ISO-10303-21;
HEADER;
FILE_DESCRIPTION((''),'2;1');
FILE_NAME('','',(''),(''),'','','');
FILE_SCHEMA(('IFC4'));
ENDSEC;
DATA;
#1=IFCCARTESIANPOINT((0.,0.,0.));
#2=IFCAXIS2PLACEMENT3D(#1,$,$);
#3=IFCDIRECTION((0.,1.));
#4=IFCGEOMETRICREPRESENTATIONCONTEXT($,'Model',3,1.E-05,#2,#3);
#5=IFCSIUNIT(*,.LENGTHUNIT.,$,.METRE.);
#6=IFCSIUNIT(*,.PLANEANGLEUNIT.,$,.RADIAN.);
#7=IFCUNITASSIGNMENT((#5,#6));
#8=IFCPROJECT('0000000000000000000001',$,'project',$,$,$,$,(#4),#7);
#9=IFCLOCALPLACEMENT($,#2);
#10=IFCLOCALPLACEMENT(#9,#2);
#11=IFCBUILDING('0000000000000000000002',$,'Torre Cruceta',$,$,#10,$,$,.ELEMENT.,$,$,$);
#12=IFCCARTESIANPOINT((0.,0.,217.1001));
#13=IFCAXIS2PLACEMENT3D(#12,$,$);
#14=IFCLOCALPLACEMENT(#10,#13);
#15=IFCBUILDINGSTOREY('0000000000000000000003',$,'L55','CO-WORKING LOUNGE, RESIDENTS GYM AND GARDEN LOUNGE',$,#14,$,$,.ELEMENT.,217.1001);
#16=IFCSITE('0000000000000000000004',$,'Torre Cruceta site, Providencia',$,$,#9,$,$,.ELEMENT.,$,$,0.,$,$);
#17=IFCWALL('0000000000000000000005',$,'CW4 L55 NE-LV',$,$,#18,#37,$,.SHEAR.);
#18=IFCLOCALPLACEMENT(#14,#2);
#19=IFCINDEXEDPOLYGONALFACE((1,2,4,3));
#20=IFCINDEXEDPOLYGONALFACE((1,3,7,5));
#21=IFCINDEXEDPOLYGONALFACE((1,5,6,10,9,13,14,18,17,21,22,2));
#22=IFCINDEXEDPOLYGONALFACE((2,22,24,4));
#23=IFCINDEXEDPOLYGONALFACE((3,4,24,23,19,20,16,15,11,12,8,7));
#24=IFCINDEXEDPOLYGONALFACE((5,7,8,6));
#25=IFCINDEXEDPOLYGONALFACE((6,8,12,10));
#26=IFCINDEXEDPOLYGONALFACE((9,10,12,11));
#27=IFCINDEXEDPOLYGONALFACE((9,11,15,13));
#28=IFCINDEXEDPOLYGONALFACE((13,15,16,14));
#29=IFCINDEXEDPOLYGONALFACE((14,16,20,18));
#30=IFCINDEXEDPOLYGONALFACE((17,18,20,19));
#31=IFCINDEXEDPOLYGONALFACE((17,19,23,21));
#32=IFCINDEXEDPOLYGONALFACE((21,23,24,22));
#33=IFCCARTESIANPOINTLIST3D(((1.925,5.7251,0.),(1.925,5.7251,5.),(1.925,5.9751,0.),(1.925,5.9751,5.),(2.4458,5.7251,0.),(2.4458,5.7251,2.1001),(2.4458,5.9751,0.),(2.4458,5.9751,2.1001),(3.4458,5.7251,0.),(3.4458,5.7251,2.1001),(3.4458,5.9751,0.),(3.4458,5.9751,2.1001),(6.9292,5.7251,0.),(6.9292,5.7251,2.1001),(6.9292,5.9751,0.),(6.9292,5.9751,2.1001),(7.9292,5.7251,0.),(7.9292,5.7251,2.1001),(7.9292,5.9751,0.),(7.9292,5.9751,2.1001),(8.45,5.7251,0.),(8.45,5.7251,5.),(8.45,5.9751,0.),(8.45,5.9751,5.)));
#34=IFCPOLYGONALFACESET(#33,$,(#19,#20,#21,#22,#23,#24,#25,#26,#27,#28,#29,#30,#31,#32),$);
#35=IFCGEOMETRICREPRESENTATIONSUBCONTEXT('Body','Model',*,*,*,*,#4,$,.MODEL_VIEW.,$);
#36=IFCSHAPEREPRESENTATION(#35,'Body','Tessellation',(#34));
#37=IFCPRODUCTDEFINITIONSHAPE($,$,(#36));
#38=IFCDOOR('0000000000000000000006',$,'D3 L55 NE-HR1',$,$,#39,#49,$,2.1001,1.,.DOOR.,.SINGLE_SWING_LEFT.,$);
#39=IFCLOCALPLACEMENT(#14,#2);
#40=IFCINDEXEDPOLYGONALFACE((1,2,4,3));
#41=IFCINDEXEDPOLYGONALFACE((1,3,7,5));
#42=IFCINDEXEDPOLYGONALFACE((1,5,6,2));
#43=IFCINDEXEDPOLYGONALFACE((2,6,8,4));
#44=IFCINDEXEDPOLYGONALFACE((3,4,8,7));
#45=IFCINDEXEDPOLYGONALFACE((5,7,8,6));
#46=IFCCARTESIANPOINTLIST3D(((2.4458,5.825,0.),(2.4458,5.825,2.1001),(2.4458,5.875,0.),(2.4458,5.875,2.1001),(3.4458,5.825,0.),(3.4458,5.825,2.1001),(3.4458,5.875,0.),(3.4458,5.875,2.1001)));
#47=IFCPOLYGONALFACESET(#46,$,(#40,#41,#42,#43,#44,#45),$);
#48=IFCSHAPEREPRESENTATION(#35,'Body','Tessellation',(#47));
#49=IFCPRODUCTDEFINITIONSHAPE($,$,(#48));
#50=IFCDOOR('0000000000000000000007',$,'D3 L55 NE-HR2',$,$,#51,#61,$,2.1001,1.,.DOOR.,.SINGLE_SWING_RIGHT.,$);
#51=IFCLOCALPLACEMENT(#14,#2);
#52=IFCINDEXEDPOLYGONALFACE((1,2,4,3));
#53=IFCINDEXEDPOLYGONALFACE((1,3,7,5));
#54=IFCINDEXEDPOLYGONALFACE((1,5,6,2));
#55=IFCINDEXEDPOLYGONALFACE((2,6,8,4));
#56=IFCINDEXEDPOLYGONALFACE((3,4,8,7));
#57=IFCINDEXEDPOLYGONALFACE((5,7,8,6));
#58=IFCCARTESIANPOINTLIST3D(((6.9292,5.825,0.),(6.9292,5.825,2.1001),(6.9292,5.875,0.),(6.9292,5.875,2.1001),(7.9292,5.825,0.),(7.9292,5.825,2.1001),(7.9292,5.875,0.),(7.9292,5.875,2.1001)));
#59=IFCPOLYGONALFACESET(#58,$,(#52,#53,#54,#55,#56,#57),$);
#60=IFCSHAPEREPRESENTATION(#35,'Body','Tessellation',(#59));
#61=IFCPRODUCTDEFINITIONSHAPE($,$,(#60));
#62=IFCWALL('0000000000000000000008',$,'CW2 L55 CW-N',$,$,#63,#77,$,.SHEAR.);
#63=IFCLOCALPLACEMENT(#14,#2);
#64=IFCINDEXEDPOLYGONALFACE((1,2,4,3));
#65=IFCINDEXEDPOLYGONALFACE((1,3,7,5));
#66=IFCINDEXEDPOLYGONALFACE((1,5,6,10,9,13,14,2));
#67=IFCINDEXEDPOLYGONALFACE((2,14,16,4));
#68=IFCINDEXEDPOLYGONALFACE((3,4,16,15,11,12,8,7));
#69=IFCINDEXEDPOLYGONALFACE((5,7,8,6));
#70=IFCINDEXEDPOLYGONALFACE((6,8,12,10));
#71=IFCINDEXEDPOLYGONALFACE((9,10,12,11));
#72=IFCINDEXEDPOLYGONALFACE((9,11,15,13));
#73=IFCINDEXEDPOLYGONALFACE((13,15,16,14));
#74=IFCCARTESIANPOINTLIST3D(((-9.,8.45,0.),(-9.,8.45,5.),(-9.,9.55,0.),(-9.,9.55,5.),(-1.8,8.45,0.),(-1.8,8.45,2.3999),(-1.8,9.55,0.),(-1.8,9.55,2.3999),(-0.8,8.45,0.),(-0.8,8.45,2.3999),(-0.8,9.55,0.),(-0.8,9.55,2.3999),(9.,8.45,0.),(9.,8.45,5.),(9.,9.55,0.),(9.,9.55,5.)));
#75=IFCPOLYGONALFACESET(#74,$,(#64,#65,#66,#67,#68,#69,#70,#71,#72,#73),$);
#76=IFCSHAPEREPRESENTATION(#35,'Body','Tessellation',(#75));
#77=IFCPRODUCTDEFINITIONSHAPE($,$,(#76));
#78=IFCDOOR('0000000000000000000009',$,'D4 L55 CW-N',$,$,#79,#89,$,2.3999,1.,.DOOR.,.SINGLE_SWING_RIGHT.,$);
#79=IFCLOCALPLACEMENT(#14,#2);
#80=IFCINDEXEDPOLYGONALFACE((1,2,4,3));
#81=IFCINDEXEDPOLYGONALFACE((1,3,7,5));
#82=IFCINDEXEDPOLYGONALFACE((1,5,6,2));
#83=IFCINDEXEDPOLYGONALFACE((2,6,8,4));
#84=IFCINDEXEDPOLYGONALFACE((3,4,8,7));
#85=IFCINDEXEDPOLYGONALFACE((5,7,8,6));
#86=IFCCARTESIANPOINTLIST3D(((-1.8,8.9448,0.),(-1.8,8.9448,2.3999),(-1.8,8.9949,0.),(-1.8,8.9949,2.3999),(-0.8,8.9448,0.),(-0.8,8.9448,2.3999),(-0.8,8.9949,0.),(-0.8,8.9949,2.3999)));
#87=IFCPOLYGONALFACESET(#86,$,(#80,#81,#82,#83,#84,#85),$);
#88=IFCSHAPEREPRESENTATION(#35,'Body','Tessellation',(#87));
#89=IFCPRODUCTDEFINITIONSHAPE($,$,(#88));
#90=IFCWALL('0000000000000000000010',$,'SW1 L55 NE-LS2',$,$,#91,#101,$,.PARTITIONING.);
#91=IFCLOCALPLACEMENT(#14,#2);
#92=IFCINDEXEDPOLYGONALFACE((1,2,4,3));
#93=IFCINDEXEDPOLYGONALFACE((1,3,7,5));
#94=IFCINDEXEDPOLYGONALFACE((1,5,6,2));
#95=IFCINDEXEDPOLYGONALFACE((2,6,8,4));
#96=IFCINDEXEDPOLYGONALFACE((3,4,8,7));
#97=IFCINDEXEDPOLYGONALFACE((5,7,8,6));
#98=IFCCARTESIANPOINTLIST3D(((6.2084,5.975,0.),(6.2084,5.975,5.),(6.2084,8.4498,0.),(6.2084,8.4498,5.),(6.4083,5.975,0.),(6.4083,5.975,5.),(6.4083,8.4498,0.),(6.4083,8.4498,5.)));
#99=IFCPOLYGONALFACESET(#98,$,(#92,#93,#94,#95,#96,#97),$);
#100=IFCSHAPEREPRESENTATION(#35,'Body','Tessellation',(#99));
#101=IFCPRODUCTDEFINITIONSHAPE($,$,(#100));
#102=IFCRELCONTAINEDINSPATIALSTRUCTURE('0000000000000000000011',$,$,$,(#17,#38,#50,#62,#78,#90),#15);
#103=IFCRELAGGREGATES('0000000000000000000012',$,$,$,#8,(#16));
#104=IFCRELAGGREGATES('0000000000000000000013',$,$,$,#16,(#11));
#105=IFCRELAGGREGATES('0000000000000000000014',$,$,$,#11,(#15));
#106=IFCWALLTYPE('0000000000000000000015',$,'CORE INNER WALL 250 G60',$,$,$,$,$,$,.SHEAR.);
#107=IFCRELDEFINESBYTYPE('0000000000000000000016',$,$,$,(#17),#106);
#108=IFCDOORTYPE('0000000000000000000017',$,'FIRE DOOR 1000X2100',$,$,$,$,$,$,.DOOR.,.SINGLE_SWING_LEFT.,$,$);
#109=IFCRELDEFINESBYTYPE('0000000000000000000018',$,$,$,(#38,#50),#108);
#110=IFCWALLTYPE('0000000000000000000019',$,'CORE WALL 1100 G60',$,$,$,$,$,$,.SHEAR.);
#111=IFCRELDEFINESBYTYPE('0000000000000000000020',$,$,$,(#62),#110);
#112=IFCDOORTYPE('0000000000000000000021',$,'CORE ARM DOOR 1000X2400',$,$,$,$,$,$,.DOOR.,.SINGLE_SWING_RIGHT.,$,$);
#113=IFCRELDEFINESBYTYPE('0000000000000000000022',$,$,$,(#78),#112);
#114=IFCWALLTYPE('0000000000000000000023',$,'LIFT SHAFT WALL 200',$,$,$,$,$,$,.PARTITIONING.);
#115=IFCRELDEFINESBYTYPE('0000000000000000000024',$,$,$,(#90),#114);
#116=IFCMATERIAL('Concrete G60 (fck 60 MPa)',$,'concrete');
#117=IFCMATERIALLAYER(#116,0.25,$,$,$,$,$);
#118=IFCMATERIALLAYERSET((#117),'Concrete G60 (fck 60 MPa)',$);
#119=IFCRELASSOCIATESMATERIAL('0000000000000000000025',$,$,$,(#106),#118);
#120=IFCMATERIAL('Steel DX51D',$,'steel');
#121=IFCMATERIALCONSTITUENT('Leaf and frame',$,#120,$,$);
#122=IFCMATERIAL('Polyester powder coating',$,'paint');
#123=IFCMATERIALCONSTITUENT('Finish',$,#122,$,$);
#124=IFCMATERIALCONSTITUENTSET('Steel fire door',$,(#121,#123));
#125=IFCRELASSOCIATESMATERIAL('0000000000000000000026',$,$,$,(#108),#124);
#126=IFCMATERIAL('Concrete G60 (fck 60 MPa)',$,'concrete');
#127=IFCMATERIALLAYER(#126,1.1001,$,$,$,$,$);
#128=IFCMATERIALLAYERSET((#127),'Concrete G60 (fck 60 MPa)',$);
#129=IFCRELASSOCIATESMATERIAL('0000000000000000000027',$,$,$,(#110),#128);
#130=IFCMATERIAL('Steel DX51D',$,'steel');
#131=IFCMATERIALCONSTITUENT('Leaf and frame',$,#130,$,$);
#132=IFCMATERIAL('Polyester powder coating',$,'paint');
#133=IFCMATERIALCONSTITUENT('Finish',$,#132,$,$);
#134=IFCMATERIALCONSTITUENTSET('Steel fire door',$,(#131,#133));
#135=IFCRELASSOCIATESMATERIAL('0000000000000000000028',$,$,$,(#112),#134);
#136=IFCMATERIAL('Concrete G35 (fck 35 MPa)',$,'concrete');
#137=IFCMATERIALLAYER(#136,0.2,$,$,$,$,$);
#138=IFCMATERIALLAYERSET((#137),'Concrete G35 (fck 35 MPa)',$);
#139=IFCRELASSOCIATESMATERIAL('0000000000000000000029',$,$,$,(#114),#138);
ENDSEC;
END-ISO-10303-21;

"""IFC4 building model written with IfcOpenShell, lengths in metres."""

from ifc_helpers import new_model, si_unit, direction, frame, frame_2d, origin, place, context, subcontext, project, spatial, rectangle, extrude, material, layer, layer_set, constituent, constituent_set, type_object, element, fill, save


model = new_model("IFC4")

# Units and contexts
model_context = context("Model", 3, precision=1e-05, world=origin(), true_north=direction((0.0, 1.0)))
body_context = subcontext(model_context, "Body", "Model", "MODEL_VIEW")
ifc_project = project(units=[si_unit("LENGTHUNIT", "METRE"), si_unit("PLANEANGLEUNIT", "RADIAN")], contexts=[model_context])

# Site, building, storey
site_placement = place(None, origin())
site = spatial("IfcSite", under=ifc_project, at=site_placement, Name="Torre Cruceta site, Providencia", CompositionType="ELEMENT", RefElevation=0.0)
building_placement = place(site_placement, origin())
building = spatial("IfcBuilding", under=site, at=building_placement, Name="Torre Cruceta", CompositionType="ELEMENT")
storey_placement = place(building_placement, frame((0.0, 0.0, 217.1001)))
storey = spatial("IfcBuildingStorey", under=building, at=storey_placement, Name="L55", Description="CO-WORKING LOUNGE, RESIDENTS GYM AND GARDEN LOUNGE", CompositionType="ELEMENT", Elevation=217.1001)

# Wall, openings, doors
ifc_material_1 = material(Name="Concrete G60 (fck 60 MPa)", Category="concrete")
ifc_layer_1 = layer(ifc_material_1, 0.25)
ifc_layer_set_1 = layer_set([ifc_layer_1], Name="Concrete G60 (fck 60 MPa)")
wall_type_1 = type_object("IfcWallType", Name="CORE INNER WALL 250 G60", PredefinedType="SHEAR", material=ifc_layer_set_1)
wall_1_placement = place(storey_placement, frame((1.925, 5.8501, 0.0), z_axis=(0.0, 0.0, 1.0), x_axis=(1.0, 0.0, 0.0)))
wall_1 = element("IfcWall", 1, at=wall_1_placement, inside=storey, type_object=wall_type_1, Name="CW4 L55 NE-LV", PredefinedType="SHEAR", context=body_context, shape_type="SweptSolid", body=[
    extrude(rectangle(XDim=6.5249, YDim=0.25, at=frame_2d((3.2625, 0.0))), origin(), (0.0, 0.0, 1.0), 5.0),
])
opening_1_placement = place(wall_1_placement, frame((0.5208, 0.0, 0.0)))
opening_1 = element("IfcOpeningElement", 2, at=opening_1_placement, cuts=wall_1, PredefinedType="OPENING", context=body_context, shape_type="SweptSolid", body=[
    extrude(rectangle(XDim=1.0, YDim=2.1001, at=frame_2d((0.5, 1.05))), frame((0.0, 0.135, 0.0), z_axis=(0.0, -1.0, 0.0), x_axis=(1.0, 0.0, 0.0)), (0.0, 0.0, 1.0), 0.27),
])
opening_2_placement = place(wall_1_placement, frame((5.0042, 0.0, 0.0)))
opening_2 = element("IfcOpeningElement", 3, at=opening_2_placement, cuts=wall_1, PredefinedType="OPENING", context=body_context, shape_type="SweptSolid", body=[
    extrude(rectangle(XDim=1.0, YDim=2.1001, at=frame_2d((0.5, 1.05))), frame((0.0, 0.135, 0.0), z_axis=(0.0, -1.0, 0.0), x_axis=(1.0, 0.0, 0.0)), (0.0, 0.0, 1.0), 0.27),
])
ifc_material_2 = material(Name="Steel DX51D", Category="steel")
ifc_constituent_1 = constituent(ifc_material_2, Name="Leaf and frame")
ifc_material_3 = material(Name="Polyester powder coating", Category="paint")
ifc_constituent_2 = constituent(ifc_material_3, Name="Finish")
ifc_constituent_set_1 = constituent_set(constituents=[ifc_constituent_1, ifc_constituent_2], Name="Steel fire door")
door_type_1 = type_object("IfcDoorType", Name="FIRE DOOR 1000X2100", OperationType="SINGLE_SWING_LEFT", PredefinedType="DOOR", material=ifc_constituent_set_1)
door_1_placement = place(opening_1_placement, origin())
door_1 = element("IfcDoor", 4, at=door_1_placement, inside=storey, type_object=door_type_1, Name="D3 L55 NE-HR1", OperationType="SINGLE_SWING_LEFT", OverallHeight=2.1001, OverallWidth=1.0, PredefinedType="DOOR", context=body_context, shape_type="SweptSolid", body=[
    extrude(rectangle(XDim=1.0, YDim=2.1001, at=frame_2d((0.5, 1.05))), frame((0.0, 0.0249, 0.0), z_axis=(0.0, -1.0, 0.0), x_axis=(1.0, 0.0, 0.0)), (0.0, 0.0, 1.0), 0.05),
])
fill(opening_1, door_1)
door_2_placement = place(opening_2_placement, origin())
door_2 = element("IfcDoor", 5, at=door_2_placement, inside=storey, type_object=door_type_1, Name="D3 L55 NE-HR2", OperationType="SINGLE_SWING_RIGHT", OverallHeight=2.1001, OverallWidth=1.0, PredefinedType="DOOR", context=body_context, shape_type="SweptSolid", body=[
    extrude(rectangle(XDim=1.0, YDim=2.1001, at=frame_2d((0.5, 1.05))), frame((0.0, 0.0249, 0.0), z_axis=(0.0, -1.0, 0.0), x_axis=(1.0, 0.0, 0.0)), (0.0, 0.0, 1.0), 0.05),
])
fill(opening_2, door_2)

# Wall, opening, door
ifc_material_4 = material(Name="Concrete G60 (fck 60 MPa)", Category="concrete")
ifc_layer_2 = layer(ifc_material_4, 1.1001)
ifc_layer_set_2 = layer_set([ifc_layer_2], Name="Concrete G60 (fck 60 MPa)")
wall_type_2 = type_object("IfcWallType", Name="CORE WALL 1100 G60", PredefinedType="SHEAR", material=ifc_layer_set_2)
wall_2_placement = place(storey_placement, frame((9.0, 9.0, 0.0), z_axis=(0.0, 0.0, 1.0), x_axis=(-1.0, 0.0, 0.0)))
wall_2 = element("IfcWall", 6, at=wall_2_placement, inside=storey, type_object=wall_type_2, Name="CW2 L55 CW-N", PredefinedType="SHEAR", context=body_context, shape_type="SweptSolid", body=[
    extrude(rectangle(XDim=18.0, YDim=1.1001, at=frame_2d((9.0, 0.0))), origin(), (0.0, 0.0, 1.0), 5.0),
])
opening_3_placement = place(wall_2_placement, frame((9.8, 0.0, 0.0)))
opening_3 = element("IfcOpeningElement", 7, at=opening_3_placement, cuts=wall_2, PredefinedType="OPENING", context=body_context, shape_type="SweptSolid", body=[
    extrude(rectangle(XDim=1.0, YDim=2.3999, at=frame_2d((0.5, 1.2))), frame((0.0, 0.5601, 0.0), z_axis=(0.0, -1.0, 0.0), x_axis=(1.0, 0.0, 0.0)), (0.0, 0.0, 1.0), 1.1201),
])
ifc_material_5 = material(Name="Steel DX51D", Category="steel")
ifc_constituent_3 = constituent(ifc_material_5, Name="Leaf and frame")
ifc_material_6 = material(Name="Polyester powder coating", Category="paint")
ifc_constituent_4 = constituent(ifc_material_6, Name="Finish")
ifc_constituent_set_2 = constituent_set(constituents=[ifc_constituent_3, ifc_constituent_4], Name="Steel fire door")
door_type_2 = type_object("IfcDoorType", Name="CORE ARM DOOR 1000X2400", OperationType="SINGLE_SWING_RIGHT", PredefinedType="DOOR", material=ifc_constituent_set_2)
door_3_placement = place(opening_3_placement, frame((1.0, 0.0, 0.0), z_axis=(0.0, 0.0, 1.0), x_axis=(-1.0, 0.0, 0.0)))
door_3 = element("IfcDoor", 8, at=door_3_placement, inside=storey, type_object=door_type_2, Name="D4 L55 CW-N", OperationType="SINGLE_SWING_RIGHT", OverallHeight=2.3999, OverallWidth=1.0, PredefinedType="DOOR", context=body_context, shape_type="SweptSolid", body=[
    extrude(rectangle(XDim=1.0, YDim=2.3999, at=frame_2d((0.5, 1.2))), frame((0.0, -0.0051, 0.0), z_axis=(0.0, -1.0, 0.0), x_axis=(1.0, 0.0, 0.0)), (0.0, 0.0, 1.0), 0.05),
])
fill(opening_3, door_3)

# Wall
ifc_material_7 = material(Name="Concrete G35 (fck 35 MPa)", Category="concrete")
ifc_layer_3 = layer(ifc_material_7, 0.2)
ifc_layer_set_3 = layer_set([ifc_layer_3], Name="Concrete G35 (fck 35 MPa)")
wall_type_3 = type_object("IfcWallType", Name="LIFT SHAFT WALL 200", PredefinedType="PARTITIONING", material=ifc_layer_set_3)
wall_3_placement = place(storey_placement, frame((6.3083, 5.9751, 0.0), z_axis=(0.0, 0.0, 1.0), x_axis=(0.0, 1.0, 0.0)))
element("IfcWall", 9, at=wall_3_placement, inside=storey, type_object=wall_type_3, Name="SW1 L55 NE-LS2", PredefinedType="PARTITIONING", context=body_context, shape_type="SweptSolid", body=[
    extrude(rectangle(XDim=2.4749, YDim=0.2, at=frame_2d((1.2373, 0.0))), origin(), (0.0, 0.0, 1.0), 5.0),
])

save(model, "model.ifc")
